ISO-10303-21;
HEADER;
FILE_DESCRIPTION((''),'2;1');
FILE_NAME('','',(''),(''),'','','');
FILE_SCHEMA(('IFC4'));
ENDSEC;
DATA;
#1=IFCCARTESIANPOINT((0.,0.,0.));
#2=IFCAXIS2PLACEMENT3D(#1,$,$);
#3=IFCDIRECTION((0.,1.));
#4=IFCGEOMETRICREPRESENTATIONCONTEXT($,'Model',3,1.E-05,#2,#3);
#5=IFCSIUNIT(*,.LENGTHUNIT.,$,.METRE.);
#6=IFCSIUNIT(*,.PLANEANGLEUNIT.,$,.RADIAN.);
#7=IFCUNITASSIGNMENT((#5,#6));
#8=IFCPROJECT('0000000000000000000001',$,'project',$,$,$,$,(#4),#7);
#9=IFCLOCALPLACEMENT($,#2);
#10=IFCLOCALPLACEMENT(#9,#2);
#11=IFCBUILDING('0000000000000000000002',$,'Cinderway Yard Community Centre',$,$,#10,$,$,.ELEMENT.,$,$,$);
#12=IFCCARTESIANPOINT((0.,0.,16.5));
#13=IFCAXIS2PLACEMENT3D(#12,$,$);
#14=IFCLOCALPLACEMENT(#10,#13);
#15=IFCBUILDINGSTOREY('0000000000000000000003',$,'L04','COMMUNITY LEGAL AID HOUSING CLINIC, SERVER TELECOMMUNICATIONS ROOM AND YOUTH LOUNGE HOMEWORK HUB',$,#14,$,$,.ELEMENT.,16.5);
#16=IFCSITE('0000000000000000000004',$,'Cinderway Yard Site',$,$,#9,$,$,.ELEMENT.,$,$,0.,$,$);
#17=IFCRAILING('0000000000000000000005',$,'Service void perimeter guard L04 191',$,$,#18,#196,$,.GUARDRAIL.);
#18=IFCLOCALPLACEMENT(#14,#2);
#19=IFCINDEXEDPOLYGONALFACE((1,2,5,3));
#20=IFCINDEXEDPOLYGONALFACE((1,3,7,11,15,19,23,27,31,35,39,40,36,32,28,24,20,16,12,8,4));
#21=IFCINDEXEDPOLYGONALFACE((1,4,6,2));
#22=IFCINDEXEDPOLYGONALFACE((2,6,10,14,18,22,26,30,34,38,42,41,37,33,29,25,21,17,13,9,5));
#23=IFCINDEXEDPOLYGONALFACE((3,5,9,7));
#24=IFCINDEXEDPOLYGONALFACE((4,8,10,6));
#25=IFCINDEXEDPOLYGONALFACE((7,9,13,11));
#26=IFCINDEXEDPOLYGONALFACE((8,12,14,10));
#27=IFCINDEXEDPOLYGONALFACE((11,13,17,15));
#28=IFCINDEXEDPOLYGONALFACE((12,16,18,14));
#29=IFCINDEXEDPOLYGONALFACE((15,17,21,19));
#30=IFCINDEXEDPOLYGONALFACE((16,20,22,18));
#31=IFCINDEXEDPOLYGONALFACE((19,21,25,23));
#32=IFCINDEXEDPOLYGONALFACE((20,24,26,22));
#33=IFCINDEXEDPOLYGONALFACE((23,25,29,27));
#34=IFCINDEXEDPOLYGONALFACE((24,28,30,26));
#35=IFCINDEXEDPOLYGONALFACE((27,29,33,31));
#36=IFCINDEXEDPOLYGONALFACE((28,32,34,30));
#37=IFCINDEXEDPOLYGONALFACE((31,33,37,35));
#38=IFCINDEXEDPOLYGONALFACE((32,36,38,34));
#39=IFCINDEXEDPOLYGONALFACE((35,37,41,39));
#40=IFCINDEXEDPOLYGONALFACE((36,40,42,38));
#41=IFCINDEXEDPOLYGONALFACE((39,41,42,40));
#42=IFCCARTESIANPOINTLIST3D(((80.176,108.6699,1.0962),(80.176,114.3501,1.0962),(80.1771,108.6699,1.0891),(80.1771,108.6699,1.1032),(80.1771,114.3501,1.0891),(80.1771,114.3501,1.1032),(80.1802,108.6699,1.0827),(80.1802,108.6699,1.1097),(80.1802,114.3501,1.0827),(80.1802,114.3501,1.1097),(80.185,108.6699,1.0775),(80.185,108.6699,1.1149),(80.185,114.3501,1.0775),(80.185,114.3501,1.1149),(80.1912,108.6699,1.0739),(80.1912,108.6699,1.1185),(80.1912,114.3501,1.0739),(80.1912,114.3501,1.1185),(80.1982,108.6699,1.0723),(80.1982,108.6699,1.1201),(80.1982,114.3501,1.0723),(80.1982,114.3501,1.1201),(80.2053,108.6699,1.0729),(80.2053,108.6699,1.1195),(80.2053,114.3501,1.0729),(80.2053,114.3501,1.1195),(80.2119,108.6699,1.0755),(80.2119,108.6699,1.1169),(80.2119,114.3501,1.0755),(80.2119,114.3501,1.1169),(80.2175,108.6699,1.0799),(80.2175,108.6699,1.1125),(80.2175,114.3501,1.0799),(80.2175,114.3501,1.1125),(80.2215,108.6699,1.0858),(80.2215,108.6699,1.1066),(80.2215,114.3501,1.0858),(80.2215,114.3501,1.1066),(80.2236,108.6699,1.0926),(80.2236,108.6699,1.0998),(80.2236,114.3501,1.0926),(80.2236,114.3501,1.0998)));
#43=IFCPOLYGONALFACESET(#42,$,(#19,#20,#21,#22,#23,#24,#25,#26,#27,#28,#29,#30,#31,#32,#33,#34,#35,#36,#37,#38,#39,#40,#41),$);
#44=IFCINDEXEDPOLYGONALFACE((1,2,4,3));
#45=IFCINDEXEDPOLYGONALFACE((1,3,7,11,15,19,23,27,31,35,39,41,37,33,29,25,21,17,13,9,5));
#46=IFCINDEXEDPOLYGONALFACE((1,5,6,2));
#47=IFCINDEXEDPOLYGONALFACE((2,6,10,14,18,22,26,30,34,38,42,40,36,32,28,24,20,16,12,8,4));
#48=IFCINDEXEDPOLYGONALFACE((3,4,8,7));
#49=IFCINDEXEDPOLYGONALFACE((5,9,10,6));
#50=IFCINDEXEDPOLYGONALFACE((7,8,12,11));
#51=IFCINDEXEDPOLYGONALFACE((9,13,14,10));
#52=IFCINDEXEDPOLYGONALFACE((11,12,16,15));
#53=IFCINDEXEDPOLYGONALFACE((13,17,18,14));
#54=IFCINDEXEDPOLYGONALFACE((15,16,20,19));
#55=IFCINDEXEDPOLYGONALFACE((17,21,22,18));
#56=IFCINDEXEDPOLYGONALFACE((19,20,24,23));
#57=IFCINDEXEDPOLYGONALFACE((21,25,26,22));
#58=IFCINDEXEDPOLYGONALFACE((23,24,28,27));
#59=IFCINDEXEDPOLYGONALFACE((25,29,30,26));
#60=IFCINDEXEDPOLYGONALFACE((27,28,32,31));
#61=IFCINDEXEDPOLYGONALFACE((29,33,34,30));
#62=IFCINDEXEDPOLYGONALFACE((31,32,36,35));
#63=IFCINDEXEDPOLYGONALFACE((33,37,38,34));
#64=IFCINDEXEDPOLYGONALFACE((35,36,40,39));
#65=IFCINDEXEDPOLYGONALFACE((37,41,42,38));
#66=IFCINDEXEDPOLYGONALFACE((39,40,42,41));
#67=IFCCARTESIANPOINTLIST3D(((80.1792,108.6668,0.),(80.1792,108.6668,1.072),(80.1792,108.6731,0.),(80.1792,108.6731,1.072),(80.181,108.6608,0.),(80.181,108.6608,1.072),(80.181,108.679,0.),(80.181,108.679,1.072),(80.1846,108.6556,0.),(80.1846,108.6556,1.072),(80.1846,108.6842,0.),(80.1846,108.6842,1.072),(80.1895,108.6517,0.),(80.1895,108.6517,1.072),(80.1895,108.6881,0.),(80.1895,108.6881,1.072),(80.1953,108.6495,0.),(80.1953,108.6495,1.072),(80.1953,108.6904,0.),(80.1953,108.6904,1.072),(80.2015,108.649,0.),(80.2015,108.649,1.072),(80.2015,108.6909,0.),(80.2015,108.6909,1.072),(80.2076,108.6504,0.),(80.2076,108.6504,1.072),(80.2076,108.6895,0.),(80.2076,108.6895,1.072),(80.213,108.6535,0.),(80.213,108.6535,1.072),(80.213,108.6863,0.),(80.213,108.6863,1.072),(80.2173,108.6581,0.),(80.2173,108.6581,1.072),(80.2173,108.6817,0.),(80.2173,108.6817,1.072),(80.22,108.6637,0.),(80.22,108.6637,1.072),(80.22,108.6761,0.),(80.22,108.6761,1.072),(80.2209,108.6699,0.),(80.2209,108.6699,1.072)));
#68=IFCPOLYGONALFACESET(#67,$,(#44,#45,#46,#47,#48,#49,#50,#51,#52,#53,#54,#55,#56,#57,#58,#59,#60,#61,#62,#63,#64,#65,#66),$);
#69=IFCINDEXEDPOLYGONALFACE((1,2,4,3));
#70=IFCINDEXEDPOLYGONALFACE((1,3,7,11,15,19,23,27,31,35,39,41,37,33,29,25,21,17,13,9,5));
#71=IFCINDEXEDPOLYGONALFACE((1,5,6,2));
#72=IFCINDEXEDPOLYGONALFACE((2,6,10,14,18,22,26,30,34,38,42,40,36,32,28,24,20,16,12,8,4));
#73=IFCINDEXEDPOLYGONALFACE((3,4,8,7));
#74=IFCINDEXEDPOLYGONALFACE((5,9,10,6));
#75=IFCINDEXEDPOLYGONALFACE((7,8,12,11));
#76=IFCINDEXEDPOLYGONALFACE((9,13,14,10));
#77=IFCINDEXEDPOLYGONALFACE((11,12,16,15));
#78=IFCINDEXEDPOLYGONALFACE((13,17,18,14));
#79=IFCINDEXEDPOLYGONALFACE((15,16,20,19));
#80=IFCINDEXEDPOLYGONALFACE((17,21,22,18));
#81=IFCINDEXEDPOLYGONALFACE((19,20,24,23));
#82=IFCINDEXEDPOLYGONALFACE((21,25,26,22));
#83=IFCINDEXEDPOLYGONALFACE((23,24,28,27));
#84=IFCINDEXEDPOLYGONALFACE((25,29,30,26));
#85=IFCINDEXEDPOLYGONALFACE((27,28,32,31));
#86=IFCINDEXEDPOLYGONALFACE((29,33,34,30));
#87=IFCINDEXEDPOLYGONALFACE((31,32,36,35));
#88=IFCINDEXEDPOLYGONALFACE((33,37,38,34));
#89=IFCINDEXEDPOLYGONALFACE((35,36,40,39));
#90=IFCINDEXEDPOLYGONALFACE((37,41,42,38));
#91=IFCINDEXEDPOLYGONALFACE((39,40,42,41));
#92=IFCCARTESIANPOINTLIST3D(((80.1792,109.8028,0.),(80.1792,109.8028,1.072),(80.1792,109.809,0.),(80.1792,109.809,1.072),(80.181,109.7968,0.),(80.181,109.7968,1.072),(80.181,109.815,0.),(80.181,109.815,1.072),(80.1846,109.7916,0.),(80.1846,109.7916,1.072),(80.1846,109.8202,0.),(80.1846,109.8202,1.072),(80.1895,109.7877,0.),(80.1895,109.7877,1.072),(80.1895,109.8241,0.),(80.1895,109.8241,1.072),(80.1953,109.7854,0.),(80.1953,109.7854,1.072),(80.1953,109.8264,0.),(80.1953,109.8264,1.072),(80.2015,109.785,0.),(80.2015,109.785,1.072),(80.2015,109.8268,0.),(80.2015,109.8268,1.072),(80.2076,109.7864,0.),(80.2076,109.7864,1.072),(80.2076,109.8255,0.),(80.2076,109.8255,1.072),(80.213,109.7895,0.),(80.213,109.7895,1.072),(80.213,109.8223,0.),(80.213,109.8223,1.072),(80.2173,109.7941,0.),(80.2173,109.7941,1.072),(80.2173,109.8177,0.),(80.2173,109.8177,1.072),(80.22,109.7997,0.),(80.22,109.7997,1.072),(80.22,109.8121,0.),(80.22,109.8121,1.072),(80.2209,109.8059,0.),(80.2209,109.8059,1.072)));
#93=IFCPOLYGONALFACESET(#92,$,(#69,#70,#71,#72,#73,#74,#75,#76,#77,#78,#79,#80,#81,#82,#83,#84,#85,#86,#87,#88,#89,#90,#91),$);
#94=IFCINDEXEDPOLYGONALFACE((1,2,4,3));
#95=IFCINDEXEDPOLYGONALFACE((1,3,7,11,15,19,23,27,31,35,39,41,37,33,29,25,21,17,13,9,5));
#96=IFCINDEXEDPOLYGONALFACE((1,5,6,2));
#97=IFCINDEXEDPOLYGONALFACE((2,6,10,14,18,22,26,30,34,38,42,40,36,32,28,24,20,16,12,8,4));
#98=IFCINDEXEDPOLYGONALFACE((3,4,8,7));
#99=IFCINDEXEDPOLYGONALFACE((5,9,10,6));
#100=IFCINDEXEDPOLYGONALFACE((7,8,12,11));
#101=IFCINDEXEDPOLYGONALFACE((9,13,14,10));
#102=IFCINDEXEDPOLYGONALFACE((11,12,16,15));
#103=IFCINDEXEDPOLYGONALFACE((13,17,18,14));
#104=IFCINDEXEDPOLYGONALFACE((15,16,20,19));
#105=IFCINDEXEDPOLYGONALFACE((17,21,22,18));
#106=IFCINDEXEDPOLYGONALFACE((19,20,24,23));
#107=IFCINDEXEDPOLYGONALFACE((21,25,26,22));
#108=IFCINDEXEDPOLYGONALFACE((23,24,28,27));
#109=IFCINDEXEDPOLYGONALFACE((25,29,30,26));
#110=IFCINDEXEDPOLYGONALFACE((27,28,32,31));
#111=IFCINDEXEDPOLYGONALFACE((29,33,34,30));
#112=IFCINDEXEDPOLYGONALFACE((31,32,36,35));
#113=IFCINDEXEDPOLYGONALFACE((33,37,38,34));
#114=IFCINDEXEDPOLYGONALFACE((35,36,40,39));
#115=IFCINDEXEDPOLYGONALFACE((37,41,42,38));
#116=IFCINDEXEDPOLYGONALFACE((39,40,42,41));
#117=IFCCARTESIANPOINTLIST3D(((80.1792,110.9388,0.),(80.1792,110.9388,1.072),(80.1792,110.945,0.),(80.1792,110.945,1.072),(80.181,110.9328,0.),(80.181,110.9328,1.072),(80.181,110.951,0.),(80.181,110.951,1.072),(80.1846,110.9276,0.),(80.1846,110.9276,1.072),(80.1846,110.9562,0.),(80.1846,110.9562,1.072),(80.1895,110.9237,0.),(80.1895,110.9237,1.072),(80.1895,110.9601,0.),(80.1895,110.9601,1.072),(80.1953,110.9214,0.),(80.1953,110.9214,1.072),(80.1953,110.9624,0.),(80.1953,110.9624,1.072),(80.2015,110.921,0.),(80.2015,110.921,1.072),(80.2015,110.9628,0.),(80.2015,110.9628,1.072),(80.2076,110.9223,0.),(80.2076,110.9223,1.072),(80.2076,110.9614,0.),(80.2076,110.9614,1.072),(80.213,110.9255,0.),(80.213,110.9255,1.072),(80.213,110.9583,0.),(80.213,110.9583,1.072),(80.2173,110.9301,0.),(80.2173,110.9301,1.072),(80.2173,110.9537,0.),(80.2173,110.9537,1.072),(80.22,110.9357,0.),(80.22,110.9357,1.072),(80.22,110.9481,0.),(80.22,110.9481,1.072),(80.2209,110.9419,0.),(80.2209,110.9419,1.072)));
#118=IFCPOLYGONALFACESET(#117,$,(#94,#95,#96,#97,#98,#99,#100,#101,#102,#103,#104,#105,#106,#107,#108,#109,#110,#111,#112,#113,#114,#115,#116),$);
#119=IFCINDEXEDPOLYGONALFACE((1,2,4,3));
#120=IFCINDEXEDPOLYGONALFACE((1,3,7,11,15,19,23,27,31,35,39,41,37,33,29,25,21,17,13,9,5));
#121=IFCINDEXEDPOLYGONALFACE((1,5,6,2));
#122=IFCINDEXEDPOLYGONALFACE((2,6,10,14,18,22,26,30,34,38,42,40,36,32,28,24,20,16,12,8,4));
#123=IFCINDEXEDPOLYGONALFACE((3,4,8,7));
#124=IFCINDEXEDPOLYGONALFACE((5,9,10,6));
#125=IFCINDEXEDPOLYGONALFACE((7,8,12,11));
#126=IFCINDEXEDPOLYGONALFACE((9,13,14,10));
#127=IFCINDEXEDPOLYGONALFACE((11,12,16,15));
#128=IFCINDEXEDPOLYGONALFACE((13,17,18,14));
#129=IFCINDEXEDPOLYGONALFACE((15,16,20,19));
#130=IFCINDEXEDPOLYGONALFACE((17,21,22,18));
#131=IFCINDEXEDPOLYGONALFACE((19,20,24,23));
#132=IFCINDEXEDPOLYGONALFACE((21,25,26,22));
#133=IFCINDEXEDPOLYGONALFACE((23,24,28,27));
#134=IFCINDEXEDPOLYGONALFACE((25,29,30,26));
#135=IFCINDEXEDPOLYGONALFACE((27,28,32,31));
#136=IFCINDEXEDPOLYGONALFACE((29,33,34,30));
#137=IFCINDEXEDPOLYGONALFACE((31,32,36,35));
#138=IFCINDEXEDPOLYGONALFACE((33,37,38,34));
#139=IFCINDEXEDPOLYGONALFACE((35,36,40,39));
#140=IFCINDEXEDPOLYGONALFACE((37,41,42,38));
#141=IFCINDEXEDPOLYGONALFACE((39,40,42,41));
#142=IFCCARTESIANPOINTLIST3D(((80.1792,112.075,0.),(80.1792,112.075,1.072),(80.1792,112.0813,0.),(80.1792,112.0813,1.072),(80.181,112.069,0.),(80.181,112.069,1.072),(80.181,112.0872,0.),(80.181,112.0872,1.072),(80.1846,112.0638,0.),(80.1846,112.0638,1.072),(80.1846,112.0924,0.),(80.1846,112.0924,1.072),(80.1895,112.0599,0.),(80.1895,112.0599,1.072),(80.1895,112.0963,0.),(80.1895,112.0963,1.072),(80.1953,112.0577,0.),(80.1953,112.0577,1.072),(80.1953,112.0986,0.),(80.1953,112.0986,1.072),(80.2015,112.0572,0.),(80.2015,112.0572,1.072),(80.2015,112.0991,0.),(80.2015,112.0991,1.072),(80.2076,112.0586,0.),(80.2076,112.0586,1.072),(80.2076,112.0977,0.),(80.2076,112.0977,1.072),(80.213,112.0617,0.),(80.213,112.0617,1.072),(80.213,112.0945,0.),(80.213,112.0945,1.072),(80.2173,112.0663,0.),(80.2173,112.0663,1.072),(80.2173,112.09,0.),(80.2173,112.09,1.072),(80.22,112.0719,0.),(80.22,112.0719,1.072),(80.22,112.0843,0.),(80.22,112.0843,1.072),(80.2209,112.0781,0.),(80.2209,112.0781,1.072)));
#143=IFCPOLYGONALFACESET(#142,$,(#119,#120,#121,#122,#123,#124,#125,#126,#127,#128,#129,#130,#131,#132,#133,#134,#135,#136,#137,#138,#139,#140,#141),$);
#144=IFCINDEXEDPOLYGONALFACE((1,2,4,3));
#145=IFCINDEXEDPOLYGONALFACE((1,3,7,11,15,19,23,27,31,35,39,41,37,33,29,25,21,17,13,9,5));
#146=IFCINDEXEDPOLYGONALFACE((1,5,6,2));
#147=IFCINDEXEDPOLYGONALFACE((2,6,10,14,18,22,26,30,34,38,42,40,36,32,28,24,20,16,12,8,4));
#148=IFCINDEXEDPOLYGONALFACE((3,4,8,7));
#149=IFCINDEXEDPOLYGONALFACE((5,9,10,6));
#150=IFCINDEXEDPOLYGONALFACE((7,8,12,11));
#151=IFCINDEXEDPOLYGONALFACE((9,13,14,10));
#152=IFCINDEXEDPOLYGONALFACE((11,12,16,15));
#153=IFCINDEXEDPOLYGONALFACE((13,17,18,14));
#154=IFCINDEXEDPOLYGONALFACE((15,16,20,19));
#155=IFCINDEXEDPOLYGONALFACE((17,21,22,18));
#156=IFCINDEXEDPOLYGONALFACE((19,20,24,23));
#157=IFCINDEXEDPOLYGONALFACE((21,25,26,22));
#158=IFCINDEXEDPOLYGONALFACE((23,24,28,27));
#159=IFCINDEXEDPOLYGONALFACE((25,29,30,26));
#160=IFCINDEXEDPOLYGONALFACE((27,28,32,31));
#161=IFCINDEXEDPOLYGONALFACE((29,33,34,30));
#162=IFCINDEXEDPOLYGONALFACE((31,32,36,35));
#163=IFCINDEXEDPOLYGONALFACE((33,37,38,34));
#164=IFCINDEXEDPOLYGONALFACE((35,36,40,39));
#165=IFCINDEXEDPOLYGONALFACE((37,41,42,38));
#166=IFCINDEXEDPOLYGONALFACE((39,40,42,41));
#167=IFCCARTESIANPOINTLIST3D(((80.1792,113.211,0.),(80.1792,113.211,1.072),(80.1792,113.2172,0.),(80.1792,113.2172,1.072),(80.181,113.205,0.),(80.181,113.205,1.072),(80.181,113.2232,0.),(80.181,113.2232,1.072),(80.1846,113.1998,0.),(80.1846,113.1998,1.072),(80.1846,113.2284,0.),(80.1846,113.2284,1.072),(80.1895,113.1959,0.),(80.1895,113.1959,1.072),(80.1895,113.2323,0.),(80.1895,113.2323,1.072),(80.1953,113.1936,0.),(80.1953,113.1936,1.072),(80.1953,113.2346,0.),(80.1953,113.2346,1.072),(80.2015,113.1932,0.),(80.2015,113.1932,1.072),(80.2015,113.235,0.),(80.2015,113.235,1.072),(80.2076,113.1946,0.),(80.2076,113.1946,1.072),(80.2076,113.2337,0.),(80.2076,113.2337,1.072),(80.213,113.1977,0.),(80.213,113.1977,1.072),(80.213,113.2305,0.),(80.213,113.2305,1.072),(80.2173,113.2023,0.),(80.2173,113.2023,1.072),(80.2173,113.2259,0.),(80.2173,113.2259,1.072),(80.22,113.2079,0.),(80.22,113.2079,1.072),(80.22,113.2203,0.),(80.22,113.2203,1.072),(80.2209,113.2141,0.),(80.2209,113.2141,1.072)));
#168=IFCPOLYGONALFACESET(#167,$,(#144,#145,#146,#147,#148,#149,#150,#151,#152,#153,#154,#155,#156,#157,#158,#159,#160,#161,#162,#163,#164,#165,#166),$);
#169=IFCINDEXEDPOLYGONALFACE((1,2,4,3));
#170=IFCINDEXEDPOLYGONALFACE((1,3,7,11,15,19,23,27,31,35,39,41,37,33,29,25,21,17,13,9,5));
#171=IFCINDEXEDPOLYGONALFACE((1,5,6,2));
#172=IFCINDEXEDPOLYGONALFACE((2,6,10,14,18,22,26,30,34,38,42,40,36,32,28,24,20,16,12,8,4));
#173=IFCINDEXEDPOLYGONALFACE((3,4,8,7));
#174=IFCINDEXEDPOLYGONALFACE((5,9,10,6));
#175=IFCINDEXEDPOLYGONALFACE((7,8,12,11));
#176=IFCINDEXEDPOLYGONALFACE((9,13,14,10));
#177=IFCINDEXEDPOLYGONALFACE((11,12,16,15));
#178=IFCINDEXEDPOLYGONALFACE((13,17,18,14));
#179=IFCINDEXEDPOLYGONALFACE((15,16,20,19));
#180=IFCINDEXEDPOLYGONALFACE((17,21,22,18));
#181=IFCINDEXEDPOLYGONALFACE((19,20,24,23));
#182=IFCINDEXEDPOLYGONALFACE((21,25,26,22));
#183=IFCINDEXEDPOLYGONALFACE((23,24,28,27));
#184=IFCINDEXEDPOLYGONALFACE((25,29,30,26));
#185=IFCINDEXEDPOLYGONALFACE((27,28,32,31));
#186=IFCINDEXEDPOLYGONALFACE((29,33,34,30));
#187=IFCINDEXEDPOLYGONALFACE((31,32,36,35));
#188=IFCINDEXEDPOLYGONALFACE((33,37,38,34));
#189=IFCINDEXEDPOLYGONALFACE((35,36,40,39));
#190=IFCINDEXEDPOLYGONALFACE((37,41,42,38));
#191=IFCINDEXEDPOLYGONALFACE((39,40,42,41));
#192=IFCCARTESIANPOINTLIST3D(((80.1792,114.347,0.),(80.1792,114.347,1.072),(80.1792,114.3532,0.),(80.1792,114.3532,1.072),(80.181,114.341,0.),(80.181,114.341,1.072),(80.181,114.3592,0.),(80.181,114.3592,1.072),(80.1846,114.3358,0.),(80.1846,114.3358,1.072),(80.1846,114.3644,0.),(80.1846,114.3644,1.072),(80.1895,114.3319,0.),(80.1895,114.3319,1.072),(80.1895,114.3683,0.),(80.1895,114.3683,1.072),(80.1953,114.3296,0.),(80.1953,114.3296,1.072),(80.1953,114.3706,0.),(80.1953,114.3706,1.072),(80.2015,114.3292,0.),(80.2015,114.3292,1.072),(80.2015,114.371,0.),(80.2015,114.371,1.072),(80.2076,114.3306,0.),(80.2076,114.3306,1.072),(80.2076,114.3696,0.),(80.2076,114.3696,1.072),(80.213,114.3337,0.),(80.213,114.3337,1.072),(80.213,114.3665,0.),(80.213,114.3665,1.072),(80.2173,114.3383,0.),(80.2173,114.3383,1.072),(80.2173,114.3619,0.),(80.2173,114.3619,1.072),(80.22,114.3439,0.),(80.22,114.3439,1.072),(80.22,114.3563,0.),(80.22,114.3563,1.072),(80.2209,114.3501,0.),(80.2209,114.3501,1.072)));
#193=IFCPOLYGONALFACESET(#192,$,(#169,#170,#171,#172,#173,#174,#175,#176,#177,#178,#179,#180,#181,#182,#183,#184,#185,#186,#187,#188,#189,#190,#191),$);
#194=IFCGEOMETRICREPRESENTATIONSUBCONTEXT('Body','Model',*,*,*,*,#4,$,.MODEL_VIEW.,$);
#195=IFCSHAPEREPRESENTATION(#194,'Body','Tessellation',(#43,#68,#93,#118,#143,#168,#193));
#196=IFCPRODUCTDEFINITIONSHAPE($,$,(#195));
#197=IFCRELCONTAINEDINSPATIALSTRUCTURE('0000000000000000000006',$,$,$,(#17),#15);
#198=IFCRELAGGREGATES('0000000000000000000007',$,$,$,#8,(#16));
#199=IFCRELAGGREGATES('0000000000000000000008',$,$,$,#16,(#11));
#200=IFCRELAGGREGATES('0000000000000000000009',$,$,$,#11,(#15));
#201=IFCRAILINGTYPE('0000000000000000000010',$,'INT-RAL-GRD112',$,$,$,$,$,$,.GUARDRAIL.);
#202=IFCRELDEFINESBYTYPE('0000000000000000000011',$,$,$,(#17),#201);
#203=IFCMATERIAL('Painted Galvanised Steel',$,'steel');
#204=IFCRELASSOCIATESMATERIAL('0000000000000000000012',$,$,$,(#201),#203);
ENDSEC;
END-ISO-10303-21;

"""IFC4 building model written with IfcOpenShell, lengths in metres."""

from ifc_helpers import new_model, si_unit, direction, frame, origin, origin_2d, place, context, subcontext, project, spatial, circle, extrude, material, type_object, element, save


model = new_model("IFC4")

# Units and contexts
model_context = context("Model", 3, precision=1e-05, world=origin(), true_north=direction((0.0, 1.0)))
body_context = subcontext(model_context, "Body", "Model", "MODEL_VIEW")
ifc_project = project(units=[si_unit("LENGTHUNIT", "METRE"), si_unit("PLANEANGLEUNIT", "RADIAN")], contexts=[model_context])

# Site, building, storey
site_placement = place(None, origin())
site = spatial("IfcSite", under=ifc_project, at=site_placement, Name="Cinderway Yard Site", CompositionType="ELEMENT", RefElevation=0.0)
building_placement = place(site_placement, origin())
building = spatial("IfcBuilding", under=site, at=building_placement, Name="Cinderway Yard Community Centre", CompositionType="ELEMENT")
storey_placement = place(building_placement, frame((0.0, 0.0, 16.5)))
storey = spatial("IfcBuildingStorey", under=building, at=storey_placement, Name="L04", Description="COMMUNITY LEGAL AID HOUSING CLINIC, SERVER TELECOMMUNICATIONS ROOM AND YOUTH LOUNGE HOMEWORK HUB", CompositionType="ELEMENT", Elevation=16.5)

# Shared definitions
ifc_material_1 = material(Name="Painted Galvanised Steel", Category="steel")

# Railing
railing_type_1 = type_object("IfcRailingType", Name="INT-RAL-GRD112", PredefinedType="GUARDRAIL", material=ifc_material_1)
railing_1_placement = place(storey_placement, frame((80.2, 108.6699, 0.0)))
element("IfcRailing", 1, at=railing_1_placement, inside=storey, type_object=railing_type_1, Name="Service void perimeter guard L04 191", PredefinedType="GUARDRAIL", context=body_context, shape_type="SweptSolid", body=[
    extrude(circle(Radius=0.0239, at=origin_2d()), frame((0.0, 0.0, 1.0962), z_axis=(0.0, 1.0, 0.0), x_axis=(-1.0, 0.0, 0.0)), (0.0, 0.0, 1.0), 5.6802),
    extrude(circle(Radius=0.021, at=origin_2d()), origin(), (0.0, 0.0, 1.0), 1.072),
    extrude(circle(Radius=0.021, at=origin_2d()), frame((0.0, 1.136, 0.0)), (0.0, 0.0, 1.0), 1.072),
    extrude(circle(Radius=0.021, at=origin_2d()), frame((0.0, 2.272, 0.0)), (0.0, 0.0, 1.0), 1.072),
    extrude(circle(Radius=0.021, at=origin_2d()), frame((0.0, 3.4082, 0.0)), (0.0, 0.0, 1.0), 1.072),
    extrude(circle(Radius=0.021, at=origin_2d()), frame((0.0, 4.5442, 0.0)), (0.0, 0.0, 1.0), 1.072),
    extrude(circle(Radius=0.021, at=origin_2d()), frame((0.0, 5.6802, 0.0)), (0.0, 0.0, 1.0), 1.072),
])

save(model, "model.ifc")
